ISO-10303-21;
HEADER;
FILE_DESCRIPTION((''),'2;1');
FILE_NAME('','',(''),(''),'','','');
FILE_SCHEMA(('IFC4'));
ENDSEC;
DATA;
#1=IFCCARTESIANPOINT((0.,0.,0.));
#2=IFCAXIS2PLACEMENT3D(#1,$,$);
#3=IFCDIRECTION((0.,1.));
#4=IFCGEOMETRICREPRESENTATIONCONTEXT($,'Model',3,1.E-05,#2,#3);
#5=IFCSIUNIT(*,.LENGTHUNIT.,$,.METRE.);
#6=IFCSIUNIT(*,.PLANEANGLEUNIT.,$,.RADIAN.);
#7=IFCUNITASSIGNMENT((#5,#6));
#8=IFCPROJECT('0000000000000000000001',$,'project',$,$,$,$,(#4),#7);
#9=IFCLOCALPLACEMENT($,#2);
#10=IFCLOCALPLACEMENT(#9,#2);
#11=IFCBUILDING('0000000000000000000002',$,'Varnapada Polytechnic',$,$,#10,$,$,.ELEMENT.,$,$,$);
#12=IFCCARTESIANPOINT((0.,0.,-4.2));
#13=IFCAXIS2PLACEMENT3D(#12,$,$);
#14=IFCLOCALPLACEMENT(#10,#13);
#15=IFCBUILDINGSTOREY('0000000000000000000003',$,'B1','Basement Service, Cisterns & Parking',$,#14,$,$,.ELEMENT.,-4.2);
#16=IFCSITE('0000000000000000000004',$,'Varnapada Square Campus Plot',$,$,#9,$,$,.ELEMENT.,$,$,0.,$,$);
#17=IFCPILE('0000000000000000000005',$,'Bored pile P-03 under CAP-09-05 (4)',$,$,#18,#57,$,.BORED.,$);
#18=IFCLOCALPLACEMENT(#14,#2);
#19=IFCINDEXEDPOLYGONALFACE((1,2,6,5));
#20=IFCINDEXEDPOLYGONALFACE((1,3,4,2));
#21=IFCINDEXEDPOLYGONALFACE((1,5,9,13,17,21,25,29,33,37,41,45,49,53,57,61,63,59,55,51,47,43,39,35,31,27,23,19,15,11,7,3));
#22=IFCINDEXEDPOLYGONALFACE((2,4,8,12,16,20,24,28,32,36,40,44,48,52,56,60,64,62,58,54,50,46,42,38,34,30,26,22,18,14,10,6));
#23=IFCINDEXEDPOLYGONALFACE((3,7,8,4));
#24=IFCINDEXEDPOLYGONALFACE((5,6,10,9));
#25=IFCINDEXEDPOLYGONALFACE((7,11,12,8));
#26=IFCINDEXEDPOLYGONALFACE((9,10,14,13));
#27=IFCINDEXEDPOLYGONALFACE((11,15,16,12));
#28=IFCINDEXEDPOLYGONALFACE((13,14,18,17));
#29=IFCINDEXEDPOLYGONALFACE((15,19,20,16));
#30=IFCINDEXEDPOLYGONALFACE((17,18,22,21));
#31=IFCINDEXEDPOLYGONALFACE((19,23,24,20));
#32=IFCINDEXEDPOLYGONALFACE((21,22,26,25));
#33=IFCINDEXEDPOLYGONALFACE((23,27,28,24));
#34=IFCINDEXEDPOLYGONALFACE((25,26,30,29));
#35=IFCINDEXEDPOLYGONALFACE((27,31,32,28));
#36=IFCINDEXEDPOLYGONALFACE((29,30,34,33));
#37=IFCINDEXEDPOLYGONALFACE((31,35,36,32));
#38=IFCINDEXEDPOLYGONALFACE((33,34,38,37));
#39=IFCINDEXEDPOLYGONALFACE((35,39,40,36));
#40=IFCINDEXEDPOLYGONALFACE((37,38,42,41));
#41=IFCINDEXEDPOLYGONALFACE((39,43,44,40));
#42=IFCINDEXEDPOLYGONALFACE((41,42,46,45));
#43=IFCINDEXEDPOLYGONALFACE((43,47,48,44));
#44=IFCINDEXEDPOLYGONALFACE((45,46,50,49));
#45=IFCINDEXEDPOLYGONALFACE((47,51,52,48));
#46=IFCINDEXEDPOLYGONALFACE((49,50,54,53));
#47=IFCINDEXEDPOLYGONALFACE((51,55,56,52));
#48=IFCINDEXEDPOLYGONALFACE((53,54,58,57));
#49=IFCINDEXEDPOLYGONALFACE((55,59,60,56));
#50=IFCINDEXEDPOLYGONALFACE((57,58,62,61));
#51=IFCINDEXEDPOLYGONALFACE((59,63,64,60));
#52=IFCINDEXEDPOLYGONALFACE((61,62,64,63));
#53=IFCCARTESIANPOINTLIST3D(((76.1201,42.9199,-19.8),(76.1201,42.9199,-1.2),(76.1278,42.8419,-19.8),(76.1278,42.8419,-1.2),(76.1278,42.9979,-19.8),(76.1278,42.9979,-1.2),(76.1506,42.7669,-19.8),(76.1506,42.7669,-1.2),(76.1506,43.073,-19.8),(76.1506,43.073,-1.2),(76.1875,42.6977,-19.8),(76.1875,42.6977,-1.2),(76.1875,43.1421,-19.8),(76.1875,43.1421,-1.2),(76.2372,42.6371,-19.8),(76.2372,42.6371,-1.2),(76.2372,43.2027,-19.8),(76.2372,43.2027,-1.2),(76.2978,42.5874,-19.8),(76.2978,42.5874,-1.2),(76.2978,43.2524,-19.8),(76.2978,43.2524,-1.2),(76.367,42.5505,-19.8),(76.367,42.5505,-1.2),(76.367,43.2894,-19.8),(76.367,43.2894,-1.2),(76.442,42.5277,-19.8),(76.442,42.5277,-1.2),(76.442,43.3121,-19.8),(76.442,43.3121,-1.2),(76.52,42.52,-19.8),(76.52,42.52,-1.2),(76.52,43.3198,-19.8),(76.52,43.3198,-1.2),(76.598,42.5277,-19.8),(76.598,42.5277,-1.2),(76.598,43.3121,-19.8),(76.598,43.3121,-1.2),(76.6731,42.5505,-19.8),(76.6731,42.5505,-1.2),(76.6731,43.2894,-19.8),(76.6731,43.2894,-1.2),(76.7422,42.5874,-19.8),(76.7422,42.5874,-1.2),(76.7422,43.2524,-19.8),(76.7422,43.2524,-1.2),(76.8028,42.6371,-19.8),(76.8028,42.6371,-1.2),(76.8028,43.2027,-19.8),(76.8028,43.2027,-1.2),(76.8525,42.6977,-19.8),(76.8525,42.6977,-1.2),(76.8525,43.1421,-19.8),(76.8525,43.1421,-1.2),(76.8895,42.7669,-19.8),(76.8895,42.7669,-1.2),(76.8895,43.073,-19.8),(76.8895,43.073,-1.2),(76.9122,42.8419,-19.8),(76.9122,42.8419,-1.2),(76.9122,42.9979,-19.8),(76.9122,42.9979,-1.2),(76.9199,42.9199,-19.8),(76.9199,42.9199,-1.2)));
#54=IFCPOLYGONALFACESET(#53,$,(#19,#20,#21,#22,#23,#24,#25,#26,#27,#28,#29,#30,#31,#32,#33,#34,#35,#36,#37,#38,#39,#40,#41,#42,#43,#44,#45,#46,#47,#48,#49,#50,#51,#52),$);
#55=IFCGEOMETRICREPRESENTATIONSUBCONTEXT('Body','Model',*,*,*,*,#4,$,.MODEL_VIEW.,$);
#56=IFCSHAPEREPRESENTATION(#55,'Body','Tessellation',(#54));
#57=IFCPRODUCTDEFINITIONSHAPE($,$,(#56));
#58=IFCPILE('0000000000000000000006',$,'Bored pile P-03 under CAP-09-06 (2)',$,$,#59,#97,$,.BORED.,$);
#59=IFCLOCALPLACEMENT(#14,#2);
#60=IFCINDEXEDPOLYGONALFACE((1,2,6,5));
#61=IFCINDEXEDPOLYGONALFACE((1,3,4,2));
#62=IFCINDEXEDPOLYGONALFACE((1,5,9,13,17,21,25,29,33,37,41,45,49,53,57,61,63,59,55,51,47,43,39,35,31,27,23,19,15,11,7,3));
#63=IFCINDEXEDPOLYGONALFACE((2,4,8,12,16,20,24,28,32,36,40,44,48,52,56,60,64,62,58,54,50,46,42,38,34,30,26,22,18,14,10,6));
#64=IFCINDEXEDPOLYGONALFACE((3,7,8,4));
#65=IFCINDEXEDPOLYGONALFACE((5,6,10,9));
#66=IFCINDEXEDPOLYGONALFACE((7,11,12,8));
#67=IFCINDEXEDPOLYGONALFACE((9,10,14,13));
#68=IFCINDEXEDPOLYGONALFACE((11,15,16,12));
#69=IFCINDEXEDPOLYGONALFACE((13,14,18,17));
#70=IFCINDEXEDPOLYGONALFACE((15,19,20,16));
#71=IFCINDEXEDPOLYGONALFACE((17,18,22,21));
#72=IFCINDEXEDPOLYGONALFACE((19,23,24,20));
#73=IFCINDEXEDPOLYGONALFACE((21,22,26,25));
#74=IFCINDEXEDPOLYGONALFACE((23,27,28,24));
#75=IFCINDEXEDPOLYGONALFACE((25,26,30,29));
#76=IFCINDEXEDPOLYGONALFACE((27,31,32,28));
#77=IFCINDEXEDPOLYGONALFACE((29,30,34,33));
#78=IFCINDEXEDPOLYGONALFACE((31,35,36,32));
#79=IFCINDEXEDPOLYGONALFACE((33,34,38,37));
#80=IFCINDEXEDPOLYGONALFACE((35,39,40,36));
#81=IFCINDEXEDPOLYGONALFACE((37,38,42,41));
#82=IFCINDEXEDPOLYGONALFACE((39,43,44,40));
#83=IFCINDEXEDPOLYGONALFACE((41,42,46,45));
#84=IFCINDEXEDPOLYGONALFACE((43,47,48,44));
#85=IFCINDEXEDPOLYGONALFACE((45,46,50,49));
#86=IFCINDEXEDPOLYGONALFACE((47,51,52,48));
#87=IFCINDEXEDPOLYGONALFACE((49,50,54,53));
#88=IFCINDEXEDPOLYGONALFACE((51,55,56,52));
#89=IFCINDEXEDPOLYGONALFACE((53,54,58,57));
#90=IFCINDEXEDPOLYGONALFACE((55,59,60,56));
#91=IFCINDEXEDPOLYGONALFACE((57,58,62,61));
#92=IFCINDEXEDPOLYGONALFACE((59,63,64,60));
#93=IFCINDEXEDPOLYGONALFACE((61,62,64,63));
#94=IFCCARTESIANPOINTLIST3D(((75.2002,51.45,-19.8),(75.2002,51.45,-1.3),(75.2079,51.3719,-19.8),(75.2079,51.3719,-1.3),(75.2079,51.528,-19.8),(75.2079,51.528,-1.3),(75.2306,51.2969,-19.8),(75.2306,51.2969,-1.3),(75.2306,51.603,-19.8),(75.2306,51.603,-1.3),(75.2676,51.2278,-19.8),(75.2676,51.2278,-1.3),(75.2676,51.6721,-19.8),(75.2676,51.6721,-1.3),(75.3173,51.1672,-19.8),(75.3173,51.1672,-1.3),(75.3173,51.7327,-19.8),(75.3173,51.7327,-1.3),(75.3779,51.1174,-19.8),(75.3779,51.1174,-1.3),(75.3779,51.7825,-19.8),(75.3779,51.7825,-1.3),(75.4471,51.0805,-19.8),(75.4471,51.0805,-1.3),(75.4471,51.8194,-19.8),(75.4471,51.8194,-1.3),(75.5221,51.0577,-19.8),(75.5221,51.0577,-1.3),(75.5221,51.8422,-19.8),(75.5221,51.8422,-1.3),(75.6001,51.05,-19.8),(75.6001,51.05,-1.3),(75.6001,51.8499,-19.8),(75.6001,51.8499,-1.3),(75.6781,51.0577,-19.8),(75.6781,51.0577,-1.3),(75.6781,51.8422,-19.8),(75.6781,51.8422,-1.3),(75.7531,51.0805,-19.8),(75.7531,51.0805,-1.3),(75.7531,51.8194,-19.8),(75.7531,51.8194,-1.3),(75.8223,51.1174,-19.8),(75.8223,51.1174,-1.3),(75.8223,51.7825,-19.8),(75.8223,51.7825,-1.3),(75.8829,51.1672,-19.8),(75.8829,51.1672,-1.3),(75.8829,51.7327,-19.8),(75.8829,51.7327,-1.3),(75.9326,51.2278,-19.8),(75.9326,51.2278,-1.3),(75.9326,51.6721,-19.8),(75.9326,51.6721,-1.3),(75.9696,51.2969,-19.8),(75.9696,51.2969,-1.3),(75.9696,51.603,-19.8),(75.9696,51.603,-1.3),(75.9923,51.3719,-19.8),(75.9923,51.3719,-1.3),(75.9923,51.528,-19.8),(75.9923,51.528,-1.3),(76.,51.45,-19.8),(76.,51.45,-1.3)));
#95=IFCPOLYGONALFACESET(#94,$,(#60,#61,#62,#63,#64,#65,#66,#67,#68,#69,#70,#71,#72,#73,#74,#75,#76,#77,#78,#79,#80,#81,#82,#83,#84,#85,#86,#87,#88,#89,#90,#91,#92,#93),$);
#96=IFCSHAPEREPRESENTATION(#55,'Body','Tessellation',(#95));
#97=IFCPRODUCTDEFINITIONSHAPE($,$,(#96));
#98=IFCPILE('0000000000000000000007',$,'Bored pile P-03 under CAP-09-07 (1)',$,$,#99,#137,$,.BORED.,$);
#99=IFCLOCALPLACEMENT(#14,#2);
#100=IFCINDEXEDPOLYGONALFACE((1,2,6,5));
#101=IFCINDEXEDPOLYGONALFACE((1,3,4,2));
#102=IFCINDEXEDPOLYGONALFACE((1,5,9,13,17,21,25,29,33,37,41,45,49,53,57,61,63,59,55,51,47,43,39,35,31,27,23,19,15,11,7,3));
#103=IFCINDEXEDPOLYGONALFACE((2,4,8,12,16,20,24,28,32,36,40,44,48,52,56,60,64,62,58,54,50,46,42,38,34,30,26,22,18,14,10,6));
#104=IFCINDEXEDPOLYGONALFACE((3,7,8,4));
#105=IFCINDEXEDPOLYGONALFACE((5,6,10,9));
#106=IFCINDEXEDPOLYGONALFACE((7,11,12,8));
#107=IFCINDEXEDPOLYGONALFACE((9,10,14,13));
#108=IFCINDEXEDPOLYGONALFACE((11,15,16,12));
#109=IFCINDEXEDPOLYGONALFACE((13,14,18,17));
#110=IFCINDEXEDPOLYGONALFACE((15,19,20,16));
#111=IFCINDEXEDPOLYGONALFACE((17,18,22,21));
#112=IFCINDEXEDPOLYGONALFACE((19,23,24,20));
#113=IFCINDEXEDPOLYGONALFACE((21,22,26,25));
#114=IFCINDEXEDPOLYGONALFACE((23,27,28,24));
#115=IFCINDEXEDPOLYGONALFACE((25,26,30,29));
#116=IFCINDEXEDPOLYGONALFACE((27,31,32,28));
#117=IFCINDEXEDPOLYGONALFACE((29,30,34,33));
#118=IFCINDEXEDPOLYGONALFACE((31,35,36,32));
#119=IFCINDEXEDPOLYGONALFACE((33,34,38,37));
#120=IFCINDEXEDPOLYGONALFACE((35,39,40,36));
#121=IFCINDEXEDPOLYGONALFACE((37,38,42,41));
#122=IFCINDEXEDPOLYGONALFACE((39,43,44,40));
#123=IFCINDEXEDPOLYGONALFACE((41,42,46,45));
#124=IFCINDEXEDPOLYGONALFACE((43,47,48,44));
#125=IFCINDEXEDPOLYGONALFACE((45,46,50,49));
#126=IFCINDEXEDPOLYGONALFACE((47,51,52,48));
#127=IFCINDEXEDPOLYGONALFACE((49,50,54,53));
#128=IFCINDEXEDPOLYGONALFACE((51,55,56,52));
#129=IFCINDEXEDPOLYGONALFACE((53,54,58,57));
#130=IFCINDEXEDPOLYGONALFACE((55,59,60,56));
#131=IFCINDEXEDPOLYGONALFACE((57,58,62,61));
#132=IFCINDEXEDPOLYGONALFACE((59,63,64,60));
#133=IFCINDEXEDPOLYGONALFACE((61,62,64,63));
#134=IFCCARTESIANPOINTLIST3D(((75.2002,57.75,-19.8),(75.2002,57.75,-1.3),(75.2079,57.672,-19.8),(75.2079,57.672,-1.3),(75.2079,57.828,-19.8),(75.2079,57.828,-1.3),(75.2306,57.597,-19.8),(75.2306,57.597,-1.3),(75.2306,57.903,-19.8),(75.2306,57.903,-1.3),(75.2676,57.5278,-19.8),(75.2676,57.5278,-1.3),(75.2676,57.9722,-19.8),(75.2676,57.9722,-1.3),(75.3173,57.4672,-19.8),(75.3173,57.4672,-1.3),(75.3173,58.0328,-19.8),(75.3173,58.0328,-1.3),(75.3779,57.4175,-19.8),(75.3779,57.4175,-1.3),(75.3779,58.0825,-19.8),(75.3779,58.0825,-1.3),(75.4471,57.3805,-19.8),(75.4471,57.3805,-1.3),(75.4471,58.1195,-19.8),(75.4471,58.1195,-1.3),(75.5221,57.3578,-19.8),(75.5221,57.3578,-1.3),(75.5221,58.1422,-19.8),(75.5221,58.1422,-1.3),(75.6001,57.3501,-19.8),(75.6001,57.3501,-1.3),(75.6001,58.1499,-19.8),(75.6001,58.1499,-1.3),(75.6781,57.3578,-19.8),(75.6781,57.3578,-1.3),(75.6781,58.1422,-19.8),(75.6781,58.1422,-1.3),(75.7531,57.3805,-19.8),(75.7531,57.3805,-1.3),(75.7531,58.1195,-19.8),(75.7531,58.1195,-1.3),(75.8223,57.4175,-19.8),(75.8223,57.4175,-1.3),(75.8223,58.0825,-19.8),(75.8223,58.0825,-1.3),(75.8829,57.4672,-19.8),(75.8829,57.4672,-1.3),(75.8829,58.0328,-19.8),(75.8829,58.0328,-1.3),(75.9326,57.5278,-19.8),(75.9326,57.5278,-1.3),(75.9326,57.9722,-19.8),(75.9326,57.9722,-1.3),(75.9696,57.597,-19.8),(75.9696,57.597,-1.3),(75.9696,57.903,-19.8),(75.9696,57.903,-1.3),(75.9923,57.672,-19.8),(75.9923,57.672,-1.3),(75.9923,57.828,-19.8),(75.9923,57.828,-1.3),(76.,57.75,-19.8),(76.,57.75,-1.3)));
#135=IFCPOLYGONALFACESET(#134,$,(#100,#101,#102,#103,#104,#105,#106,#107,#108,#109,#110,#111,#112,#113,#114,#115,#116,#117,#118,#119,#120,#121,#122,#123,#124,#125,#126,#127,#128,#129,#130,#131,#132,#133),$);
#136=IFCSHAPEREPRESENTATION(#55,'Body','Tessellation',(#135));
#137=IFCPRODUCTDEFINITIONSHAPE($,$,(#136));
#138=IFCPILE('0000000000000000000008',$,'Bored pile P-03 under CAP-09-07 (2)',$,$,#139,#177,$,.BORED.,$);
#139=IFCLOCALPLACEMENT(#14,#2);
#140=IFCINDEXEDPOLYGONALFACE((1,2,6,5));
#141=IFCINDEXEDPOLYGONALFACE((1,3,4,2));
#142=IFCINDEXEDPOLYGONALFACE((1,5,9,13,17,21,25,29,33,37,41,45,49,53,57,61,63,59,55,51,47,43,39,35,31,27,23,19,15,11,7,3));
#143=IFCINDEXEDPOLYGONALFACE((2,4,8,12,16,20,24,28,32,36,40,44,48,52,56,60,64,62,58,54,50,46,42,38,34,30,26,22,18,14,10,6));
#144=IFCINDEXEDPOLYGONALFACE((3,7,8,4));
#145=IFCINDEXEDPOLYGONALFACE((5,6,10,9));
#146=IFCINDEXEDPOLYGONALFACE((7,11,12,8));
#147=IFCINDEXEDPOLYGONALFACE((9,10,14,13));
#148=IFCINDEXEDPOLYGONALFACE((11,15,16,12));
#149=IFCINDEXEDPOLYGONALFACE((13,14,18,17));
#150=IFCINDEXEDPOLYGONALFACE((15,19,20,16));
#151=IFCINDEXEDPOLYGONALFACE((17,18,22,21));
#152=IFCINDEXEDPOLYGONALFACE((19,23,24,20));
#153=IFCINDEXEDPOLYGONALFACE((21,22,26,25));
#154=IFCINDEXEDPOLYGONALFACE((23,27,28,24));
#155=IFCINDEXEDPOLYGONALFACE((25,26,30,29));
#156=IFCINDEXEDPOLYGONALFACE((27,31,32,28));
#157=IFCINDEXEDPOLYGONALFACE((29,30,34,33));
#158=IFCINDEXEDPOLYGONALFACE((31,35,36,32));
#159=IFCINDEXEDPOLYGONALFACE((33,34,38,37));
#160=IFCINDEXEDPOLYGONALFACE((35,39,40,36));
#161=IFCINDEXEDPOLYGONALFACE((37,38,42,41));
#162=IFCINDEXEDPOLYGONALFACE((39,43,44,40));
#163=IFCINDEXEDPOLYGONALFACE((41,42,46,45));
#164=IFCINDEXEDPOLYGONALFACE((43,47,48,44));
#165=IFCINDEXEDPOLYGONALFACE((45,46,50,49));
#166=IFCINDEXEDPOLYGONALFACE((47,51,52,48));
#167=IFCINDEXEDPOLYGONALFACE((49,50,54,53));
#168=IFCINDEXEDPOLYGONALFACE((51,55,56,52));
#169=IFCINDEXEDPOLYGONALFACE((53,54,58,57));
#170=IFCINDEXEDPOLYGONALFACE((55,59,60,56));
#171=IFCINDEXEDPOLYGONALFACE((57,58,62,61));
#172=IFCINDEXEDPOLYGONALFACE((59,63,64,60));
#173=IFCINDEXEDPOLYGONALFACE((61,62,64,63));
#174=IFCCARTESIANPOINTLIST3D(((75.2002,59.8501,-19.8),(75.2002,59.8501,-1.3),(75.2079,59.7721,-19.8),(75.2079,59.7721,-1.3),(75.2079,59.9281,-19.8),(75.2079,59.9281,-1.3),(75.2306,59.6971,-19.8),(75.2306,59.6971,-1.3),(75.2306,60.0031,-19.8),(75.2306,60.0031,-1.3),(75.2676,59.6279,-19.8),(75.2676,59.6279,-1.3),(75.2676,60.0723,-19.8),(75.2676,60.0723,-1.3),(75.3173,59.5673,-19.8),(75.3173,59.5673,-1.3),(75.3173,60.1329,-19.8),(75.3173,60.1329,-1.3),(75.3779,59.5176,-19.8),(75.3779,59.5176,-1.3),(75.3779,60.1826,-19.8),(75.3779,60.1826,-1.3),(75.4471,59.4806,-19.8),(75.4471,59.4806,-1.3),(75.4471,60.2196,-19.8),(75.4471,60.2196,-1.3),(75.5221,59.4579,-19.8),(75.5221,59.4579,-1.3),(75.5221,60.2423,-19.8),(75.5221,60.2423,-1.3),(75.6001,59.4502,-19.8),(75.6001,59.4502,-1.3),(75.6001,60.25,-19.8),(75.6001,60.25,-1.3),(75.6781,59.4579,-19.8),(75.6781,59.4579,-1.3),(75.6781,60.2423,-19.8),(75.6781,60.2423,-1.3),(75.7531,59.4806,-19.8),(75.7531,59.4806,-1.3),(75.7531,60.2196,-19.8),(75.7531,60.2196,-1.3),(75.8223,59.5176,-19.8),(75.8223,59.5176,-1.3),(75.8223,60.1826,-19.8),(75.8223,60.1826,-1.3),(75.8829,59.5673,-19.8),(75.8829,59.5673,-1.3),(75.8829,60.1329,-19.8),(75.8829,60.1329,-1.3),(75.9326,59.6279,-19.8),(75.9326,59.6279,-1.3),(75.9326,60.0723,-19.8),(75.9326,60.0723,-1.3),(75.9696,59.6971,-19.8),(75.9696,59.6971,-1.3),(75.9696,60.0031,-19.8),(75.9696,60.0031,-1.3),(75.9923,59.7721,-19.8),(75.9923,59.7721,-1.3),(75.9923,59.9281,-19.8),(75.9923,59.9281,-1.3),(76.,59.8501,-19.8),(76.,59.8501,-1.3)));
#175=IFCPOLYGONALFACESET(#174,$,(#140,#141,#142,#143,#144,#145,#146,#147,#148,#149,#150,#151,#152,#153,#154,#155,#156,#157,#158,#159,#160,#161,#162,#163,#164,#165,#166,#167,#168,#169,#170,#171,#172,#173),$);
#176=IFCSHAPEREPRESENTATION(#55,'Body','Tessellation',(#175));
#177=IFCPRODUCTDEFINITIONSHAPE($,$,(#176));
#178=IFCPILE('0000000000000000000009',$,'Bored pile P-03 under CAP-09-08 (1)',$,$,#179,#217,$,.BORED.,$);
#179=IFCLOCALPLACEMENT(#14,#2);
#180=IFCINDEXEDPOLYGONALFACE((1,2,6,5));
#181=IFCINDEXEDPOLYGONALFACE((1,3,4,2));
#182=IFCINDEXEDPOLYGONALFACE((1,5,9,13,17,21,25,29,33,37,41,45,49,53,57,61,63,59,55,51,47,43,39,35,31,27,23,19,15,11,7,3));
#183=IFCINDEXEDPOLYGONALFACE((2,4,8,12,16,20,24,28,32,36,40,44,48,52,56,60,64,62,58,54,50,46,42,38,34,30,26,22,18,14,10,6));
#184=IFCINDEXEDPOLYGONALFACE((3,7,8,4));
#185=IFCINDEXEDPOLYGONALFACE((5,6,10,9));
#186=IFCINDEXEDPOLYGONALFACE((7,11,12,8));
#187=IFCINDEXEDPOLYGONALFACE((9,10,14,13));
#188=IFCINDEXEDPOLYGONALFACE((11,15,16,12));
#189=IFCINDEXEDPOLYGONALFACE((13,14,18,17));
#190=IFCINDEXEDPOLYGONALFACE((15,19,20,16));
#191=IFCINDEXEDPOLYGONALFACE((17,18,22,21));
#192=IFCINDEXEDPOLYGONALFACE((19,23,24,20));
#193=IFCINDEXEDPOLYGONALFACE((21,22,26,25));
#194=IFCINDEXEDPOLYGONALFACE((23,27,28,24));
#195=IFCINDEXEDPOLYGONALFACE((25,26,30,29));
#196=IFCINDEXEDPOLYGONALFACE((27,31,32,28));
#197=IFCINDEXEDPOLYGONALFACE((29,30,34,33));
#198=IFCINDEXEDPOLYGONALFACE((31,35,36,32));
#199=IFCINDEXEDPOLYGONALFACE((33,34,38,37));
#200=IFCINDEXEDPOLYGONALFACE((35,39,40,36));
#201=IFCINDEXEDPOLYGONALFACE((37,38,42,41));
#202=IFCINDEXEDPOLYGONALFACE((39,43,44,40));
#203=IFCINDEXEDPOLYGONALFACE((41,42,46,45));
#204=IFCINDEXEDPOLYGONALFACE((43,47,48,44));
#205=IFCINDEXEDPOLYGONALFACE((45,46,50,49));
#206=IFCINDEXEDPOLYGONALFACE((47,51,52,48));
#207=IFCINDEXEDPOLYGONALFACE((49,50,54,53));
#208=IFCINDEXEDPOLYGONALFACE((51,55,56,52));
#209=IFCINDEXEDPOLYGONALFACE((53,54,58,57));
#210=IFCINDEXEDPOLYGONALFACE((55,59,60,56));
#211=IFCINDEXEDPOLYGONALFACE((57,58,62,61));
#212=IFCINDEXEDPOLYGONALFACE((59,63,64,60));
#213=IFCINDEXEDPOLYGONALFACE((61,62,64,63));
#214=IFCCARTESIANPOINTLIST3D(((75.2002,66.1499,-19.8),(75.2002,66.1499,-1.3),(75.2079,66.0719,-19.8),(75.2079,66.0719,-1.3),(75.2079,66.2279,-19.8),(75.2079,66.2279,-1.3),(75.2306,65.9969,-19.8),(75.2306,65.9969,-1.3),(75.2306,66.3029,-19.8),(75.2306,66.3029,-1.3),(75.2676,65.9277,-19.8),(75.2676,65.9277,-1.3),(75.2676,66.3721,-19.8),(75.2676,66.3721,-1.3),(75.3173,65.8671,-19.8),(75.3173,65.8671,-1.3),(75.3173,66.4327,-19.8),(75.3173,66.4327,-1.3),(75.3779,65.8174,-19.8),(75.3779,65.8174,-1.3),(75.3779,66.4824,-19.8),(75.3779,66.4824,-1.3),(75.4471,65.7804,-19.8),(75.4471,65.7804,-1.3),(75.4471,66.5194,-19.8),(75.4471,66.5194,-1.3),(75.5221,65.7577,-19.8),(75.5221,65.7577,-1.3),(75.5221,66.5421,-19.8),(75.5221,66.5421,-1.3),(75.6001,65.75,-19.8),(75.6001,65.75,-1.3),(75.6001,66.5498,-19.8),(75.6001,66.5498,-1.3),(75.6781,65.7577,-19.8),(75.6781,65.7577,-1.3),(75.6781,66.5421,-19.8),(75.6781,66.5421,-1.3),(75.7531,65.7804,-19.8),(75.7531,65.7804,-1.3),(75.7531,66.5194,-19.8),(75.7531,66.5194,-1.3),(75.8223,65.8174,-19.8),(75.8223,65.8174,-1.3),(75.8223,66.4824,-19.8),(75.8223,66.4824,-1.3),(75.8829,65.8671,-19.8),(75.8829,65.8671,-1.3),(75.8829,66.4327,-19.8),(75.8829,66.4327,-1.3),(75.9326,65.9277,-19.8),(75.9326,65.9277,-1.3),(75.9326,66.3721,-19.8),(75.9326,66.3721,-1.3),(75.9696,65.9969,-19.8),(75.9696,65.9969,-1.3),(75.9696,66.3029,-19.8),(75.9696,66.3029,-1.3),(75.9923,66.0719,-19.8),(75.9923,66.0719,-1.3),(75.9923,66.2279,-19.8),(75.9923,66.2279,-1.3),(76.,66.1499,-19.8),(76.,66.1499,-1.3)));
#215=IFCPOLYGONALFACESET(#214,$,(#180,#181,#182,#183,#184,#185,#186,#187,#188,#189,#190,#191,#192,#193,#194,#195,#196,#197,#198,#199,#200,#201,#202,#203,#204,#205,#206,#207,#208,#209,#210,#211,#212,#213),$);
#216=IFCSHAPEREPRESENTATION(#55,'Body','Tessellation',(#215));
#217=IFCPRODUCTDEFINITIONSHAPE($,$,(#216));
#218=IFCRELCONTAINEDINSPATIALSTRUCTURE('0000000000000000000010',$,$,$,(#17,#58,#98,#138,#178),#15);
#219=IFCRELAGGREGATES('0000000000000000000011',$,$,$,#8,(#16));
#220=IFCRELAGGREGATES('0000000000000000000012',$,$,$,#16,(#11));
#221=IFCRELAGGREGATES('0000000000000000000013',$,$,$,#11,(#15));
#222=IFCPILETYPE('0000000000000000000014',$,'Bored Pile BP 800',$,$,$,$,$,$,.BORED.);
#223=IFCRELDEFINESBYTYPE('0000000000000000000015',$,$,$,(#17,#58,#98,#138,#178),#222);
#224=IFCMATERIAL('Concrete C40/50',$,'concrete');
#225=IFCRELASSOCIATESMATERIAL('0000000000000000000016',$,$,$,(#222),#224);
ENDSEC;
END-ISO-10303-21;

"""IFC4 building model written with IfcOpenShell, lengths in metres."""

from ifc_helpers import new_model, si_unit, direction, frame, origin, origin_2d, place, context, subcontext, project, spatial, circle, extrude, material, material_profile, profile_set, type_object, element, save


model = new_model("IFC4")

# Units and contexts
model_context = context("Model", 3, precision=1e-05, world=origin(), true_north=direction((0.0, 1.0)))
body_context = subcontext(model_context, "Body", "Model", "MODEL_VIEW")
ifc_project = project(units=[si_unit("LENGTHUNIT", "METRE"), si_unit("PLANEANGLEUNIT", "RADIAN")], contexts=[model_context])

# Site, building, storey
site_placement = place(None, origin())
site = spatial("IfcSite", under=ifc_project, at=site_placement, Name="Varnapada Square Campus Plot", CompositionType="ELEMENT", RefElevation=0.0)
building_placement = place(site_placement, origin())
building = spatial("IfcBuilding", under=site, at=building_placement, Name="Varnapada Polytechnic", CompositionType="ELEMENT")
storey_placement = place(building_placement, frame((0.0, 0.0, -4.2)))
storey = spatial("IfcBuildingStorey", under=building, at=storey_placement, Name="B1", Description="Basement Service, Cisterns & Parking", CompositionType="ELEMENT", Elevation=-4.2)

# Piles
ifc_material_1 = material(Name="Concrete C40/50", Category="concrete")
ifc_material_profile_1 = material_profile(ifc_material_1, circle(Radius=0.3999, at=origin_2d()), Name="BP 800")
ifc_profile_set_1 = profile_set([ifc_material_profile_1], Name="Concrete C40/50")
pile_type = type_object("IfcPileType", Name="Bored Pile BP 800", PredefinedType="BORED", material=ifc_profile_set_1)
pile_1_placement = place(storey_placement, frame((76.52, 42.9199, -1.2), z_axis=(0.0, 0.0, -1.0), x_axis=(1.0, 0.0, 0.0)))
element("IfcPile", 1, at=pile_1_placement, inside=storey, type_object=pile_type, Name="Bored pile P-03 under CAP-09-05 (4)", PredefinedType="BORED", context=body_context, shape_type="SweptSolid", body=[
    extrude(circle(Radius=0.3999, at=origin_2d()), origin(), (0.0, 0.0, 1.0), 18.6001),
])
for number, where, z_axis, x_axis, name in (
    (2, (75.6001, 51.45, -1.3), (0.0, 0.0, -1.0), (1.0, 0.0, 0.0), "Bored pile P-03 under CAP-09-06 (2)"),
    (3, (75.6001, 57.75, -1.3), (0.0, 0.0, -1.0), (1.0, 0.0, 0.0), "Bored pile P-03 under CAP-09-07 (1)"),
    (4, (75.6001, 59.8501, -1.3), (0.0, 0.0, -1.0), (1.0, 0.0, 0.0), "Bored pile P-03 under CAP-09-07 (2)"),
    (5, (75.6001, 66.1499, -1.3), (0.0, 0.0, -1.0), (1.0, 0.0, 0.0), "Bored pile P-03 under CAP-09-08 (1)"),
):
    element("IfcPile", number, at=place(storey_placement, frame(where, z_axis=z_axis, x_axis=x_axis)), inside=storey, type_object=pile_type, Name=name, PredefinedType="BORED", context=body_context, shape_type="SweptSolid", body=[
        extrude(circle(Radius=0.3999, at=origin_2d()), origin(), (0.0, 0.0, 1.0), 18.5),
    ])

save(model, "model.ifc")
